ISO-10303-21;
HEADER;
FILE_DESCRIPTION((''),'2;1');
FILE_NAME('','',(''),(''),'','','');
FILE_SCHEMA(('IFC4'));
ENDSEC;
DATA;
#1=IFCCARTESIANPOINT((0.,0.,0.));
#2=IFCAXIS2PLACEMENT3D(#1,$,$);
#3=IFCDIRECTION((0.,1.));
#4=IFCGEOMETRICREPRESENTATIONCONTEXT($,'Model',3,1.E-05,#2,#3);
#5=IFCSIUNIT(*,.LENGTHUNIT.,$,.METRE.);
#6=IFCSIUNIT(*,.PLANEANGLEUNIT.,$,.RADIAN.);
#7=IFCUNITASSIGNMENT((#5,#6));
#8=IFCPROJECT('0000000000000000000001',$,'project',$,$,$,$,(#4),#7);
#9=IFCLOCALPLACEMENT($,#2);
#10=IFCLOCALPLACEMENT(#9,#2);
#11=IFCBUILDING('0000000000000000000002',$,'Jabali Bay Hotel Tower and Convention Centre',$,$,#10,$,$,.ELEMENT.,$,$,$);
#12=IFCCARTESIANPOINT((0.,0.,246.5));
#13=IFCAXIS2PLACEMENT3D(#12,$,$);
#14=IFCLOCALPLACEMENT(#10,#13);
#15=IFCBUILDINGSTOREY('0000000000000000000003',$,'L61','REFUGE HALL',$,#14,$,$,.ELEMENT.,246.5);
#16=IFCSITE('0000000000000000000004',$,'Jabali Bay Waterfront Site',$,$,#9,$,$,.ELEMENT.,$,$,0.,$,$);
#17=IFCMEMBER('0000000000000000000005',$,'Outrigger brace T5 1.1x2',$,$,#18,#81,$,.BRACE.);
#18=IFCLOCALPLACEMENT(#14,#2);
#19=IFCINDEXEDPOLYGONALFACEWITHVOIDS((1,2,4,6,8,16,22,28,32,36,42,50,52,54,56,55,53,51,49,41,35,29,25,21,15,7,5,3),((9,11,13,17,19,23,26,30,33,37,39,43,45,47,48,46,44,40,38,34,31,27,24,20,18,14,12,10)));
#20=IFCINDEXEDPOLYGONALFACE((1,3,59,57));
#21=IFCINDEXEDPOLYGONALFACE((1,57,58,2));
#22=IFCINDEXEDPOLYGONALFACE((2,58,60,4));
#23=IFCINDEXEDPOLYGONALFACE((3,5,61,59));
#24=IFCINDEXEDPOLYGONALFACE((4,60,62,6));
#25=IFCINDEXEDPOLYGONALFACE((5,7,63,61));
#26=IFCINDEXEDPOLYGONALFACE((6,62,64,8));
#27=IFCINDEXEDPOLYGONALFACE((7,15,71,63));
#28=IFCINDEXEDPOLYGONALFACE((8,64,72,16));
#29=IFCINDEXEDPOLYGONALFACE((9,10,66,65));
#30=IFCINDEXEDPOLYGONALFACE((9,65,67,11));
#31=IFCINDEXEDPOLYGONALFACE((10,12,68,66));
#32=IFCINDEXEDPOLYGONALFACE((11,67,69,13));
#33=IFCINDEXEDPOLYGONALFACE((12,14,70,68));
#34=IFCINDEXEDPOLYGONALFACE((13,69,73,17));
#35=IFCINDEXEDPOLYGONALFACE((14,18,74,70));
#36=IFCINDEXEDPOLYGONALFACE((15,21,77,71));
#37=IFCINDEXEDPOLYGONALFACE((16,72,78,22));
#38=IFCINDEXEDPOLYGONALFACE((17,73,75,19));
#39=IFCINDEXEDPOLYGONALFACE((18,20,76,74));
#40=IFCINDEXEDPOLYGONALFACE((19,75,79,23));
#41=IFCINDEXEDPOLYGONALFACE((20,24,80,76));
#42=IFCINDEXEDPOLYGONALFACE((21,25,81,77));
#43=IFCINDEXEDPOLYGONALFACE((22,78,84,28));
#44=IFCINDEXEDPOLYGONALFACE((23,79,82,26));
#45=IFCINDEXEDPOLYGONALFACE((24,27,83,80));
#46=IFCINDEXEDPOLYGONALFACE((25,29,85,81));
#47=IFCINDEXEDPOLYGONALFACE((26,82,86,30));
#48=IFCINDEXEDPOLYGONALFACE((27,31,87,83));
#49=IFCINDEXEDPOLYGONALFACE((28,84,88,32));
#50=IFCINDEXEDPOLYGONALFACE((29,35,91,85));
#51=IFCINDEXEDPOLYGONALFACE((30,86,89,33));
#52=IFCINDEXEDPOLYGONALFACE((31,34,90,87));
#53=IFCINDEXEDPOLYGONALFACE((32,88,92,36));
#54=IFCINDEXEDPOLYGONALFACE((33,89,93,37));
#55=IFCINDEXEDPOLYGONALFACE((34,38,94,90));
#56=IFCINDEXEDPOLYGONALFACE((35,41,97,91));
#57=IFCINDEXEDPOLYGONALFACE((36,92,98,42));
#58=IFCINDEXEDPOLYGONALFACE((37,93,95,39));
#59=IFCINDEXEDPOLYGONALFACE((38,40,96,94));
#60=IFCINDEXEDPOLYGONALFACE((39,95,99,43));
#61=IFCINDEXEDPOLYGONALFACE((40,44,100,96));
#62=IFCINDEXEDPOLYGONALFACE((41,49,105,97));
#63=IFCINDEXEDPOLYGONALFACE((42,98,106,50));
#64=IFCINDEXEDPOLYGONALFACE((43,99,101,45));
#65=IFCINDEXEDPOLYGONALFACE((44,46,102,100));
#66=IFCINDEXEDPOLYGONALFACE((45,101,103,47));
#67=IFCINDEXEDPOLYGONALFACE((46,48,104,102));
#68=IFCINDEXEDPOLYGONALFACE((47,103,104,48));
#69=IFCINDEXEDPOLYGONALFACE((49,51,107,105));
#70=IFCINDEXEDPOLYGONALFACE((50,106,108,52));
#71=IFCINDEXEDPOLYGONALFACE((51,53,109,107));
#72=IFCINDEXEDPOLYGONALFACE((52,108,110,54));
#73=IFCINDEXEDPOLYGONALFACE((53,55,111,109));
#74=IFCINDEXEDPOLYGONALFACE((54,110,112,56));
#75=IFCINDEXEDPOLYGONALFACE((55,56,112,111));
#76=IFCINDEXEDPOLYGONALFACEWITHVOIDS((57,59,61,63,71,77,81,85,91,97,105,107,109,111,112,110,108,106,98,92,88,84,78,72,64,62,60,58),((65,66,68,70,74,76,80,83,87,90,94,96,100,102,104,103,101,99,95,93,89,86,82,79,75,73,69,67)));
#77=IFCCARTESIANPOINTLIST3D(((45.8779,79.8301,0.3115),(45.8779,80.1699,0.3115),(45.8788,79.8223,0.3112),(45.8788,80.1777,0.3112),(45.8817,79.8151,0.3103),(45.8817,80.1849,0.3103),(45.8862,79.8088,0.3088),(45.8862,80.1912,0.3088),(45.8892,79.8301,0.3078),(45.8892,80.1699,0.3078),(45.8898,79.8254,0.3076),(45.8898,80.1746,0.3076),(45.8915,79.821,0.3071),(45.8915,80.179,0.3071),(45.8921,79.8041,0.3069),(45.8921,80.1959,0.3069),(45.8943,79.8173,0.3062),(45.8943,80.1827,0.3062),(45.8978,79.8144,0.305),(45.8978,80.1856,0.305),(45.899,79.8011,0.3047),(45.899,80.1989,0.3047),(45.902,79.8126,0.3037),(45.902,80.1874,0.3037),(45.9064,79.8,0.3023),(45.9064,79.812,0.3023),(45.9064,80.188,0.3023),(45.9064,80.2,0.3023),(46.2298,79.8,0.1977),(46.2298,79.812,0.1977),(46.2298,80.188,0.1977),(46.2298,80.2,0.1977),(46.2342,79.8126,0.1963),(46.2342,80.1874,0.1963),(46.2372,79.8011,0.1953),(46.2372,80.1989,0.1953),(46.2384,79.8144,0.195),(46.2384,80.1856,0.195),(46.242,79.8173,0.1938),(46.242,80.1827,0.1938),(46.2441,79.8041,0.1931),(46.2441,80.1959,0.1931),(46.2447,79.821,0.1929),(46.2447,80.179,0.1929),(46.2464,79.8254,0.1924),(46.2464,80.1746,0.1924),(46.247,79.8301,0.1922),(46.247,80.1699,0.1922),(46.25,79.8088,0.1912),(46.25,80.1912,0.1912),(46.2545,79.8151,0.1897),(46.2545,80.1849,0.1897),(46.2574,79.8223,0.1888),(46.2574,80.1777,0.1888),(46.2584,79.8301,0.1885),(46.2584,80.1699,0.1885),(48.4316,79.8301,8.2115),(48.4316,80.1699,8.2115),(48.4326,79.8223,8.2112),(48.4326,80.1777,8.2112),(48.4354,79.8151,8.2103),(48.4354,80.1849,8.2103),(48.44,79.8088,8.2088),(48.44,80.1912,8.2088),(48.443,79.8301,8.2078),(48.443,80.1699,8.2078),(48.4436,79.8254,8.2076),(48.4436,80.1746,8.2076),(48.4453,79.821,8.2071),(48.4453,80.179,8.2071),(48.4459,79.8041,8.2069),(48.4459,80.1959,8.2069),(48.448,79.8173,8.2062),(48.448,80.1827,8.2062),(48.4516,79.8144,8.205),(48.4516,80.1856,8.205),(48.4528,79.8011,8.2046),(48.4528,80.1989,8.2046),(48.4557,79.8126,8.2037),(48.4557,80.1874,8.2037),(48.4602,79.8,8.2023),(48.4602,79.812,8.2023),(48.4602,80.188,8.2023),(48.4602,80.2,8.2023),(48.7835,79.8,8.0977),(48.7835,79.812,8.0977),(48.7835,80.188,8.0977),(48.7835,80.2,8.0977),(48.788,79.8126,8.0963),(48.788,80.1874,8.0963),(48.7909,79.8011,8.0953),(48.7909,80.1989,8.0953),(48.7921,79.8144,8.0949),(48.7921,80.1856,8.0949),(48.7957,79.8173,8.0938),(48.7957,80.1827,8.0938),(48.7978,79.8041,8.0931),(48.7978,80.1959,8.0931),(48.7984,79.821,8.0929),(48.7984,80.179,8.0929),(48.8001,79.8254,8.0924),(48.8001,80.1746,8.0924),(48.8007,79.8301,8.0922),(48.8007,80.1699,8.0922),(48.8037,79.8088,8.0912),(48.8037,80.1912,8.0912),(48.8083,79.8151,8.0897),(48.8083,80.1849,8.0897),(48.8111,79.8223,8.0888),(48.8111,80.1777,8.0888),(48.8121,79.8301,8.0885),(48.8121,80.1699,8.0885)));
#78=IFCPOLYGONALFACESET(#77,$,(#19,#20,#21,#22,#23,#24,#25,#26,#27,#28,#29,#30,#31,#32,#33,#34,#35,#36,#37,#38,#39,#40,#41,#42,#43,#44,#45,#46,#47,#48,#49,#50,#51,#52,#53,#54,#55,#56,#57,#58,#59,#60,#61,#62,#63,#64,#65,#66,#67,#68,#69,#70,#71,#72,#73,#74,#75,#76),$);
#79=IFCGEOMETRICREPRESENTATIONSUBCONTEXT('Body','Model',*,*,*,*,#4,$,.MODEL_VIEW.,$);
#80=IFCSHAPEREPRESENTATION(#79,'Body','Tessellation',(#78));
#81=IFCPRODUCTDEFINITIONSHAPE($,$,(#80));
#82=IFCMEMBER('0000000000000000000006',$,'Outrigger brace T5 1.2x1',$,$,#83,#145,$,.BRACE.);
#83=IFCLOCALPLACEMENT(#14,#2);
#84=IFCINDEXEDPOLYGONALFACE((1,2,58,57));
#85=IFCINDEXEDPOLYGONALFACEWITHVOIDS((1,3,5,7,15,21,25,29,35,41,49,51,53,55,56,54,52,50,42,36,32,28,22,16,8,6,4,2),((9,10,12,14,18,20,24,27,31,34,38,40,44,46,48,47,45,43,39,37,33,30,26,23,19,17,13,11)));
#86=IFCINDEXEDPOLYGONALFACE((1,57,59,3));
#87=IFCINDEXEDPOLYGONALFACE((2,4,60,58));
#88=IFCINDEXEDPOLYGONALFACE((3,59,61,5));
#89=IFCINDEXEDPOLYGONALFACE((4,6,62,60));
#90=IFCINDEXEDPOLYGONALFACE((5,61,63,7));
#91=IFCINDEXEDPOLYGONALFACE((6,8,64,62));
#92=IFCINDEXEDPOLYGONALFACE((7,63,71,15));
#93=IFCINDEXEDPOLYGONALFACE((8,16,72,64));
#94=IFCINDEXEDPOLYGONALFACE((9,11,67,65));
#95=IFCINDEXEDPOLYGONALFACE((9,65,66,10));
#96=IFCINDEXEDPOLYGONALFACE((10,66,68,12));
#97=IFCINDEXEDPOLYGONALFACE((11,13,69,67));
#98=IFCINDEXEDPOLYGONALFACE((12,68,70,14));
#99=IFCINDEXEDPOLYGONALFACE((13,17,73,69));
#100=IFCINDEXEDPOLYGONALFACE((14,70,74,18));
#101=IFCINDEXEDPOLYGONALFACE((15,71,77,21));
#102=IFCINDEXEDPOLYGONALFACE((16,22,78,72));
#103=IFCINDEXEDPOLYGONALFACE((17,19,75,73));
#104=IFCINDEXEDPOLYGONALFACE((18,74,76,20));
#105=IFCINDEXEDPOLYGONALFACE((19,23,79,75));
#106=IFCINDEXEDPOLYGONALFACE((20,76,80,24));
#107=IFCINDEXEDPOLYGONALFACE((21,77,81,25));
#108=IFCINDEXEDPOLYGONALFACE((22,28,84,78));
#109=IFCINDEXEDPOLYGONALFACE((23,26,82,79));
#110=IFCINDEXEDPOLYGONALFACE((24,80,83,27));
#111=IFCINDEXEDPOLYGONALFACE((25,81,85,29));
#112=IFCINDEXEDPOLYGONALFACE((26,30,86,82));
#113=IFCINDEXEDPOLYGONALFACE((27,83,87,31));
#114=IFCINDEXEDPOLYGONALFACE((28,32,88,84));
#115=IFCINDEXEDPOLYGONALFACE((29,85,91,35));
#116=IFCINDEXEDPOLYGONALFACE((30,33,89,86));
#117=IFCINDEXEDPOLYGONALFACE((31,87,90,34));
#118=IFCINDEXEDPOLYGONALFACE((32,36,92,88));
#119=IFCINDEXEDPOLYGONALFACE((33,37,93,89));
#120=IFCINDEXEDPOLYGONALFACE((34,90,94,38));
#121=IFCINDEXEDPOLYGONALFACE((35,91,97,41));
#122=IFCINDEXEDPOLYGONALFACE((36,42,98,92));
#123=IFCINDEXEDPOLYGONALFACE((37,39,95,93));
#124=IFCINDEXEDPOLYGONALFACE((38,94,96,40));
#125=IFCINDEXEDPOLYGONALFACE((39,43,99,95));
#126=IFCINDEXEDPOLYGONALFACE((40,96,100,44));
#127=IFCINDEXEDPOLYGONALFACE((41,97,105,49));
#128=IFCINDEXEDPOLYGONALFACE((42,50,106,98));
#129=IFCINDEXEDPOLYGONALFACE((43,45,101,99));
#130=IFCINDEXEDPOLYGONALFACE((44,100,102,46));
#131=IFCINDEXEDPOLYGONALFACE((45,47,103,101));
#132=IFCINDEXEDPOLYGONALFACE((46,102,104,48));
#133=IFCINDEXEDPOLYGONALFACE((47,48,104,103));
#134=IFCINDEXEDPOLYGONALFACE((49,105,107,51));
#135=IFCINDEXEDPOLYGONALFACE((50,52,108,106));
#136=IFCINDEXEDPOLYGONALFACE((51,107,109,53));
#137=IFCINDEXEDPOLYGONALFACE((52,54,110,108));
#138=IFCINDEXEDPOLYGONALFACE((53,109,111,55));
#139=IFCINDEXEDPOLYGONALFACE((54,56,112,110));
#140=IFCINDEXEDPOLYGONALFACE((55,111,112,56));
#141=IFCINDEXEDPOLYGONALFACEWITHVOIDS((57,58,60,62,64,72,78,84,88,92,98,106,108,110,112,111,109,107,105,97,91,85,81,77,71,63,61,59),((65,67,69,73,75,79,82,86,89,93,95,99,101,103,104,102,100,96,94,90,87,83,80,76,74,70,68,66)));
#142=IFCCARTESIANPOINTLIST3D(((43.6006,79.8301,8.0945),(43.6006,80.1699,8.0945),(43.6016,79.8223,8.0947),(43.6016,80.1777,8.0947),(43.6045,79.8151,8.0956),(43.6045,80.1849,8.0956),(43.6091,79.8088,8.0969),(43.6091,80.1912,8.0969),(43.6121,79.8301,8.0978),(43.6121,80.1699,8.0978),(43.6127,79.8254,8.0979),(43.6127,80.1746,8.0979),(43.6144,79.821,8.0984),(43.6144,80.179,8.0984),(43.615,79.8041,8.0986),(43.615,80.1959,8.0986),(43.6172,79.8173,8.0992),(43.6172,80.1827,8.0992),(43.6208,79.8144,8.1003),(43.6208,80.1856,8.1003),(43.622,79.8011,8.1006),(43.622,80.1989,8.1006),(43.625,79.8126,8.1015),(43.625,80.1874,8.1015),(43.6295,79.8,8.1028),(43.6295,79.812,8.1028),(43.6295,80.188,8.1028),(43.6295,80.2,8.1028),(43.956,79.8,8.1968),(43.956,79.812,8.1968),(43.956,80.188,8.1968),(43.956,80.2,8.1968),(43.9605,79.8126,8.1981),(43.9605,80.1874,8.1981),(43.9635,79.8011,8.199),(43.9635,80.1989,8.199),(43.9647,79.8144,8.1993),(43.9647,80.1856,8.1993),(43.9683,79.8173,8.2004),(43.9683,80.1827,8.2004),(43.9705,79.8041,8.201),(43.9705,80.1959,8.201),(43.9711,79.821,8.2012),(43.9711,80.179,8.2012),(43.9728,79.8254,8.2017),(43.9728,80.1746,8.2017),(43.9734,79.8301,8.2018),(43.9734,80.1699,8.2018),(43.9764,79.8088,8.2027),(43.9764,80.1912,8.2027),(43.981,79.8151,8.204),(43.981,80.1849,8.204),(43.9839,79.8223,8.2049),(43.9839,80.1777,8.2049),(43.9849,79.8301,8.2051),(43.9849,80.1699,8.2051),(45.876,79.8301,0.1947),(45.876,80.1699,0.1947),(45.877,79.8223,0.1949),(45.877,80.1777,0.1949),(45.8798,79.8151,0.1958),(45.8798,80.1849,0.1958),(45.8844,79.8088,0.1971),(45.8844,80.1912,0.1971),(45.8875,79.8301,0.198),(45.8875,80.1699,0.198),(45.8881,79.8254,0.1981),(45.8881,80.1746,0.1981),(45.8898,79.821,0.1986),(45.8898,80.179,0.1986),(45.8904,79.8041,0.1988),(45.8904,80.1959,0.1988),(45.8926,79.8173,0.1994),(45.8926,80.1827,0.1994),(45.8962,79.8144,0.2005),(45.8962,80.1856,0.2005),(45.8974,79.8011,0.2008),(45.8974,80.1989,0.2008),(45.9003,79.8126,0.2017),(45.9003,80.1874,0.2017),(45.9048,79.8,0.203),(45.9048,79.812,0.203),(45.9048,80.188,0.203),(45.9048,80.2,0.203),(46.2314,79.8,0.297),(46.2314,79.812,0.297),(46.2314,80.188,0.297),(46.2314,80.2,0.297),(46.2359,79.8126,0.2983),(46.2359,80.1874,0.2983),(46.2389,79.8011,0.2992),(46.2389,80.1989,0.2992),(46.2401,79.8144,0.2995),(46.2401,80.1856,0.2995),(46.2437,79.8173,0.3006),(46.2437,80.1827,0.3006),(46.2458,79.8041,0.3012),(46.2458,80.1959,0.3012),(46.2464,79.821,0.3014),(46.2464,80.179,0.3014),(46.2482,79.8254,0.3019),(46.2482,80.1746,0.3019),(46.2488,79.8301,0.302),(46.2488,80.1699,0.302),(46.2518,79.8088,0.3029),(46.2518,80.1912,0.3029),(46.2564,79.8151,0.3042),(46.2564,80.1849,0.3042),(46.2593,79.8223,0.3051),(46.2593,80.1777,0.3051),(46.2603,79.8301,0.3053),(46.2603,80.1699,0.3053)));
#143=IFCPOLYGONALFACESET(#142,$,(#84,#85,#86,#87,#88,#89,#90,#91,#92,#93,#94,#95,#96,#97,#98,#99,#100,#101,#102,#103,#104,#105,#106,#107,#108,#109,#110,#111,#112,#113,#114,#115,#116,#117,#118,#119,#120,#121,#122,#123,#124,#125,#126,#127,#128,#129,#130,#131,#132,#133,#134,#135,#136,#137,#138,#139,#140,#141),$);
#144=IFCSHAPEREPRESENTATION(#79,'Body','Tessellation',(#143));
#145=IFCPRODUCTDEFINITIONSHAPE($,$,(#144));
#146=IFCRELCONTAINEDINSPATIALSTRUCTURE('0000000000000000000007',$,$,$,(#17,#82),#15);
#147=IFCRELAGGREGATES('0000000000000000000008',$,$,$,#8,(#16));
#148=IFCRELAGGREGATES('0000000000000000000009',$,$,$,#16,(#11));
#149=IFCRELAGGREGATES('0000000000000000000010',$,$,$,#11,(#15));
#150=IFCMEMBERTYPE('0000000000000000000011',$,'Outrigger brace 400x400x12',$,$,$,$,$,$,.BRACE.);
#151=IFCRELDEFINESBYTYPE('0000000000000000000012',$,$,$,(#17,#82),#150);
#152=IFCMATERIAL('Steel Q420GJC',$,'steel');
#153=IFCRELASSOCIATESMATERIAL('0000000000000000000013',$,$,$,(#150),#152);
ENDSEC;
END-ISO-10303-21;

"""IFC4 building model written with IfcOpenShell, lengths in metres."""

from ifc_helpers import new_model, si_unit, direction, frame, origin, origin_2d, place, context, subcontext, project, spatial, hollow_rectangle, extrude, material, material_profile, profile_set, type_object, element, save


model = new_model("IFC4")

# Units and contexts
model_context = context("Model", 3, precision=1e-05, world=origin(), true_north=direction((0.0, 1.0)))
body_context = subcontext(model_context, "Body", "Model", "MODEL_VIEW")
ifc_project = project(units=[si_unit("LENGTHUNIT", "METRE"), si_unit("PLANEANGLEUNIT", "RADIAN")], contexts=[model_context])

# Site, building, storey
site_placement = place(None, origin())
site = spatial("IfcSite", under=ifc_project, at=site_placement, Name="Jabali Bay Waterfront Site", CompositionType="ELEMENT", RefElevation=0.0)
building_placement = place(site_placement, origin())
building = spatial("IfcBuilding", under=site, at=building_placement, Name="Jabali Bay Hotel Tower and Convention Centre", CompositionType="ELEMENT")
storey_placement = place(building_placement, frame((0.0, 0.0, 246.5)))
storey = spatial("IfcBuildingStorey", under=building, at=storey_placement, Name="L61", Description="REFUGE HALL", CompositionType="ELEMENT", Elevation=246.5)

# Members
ifc_material_1 = material(Name="Steel Q420GJC", Category="steel")
ifc_material_profile_1 = material_profile(ifc_material_1, hollow_rectangle(XDim=0.3999, YDim=0.3999, WallThickness=0.012, InnerFilletRadius=0.0181, OuterFilletRadius=0.03, at=origin_2d()), Name="Outrigger brace 400x400x12")
ifc_profile_set_1 = profile_set([ifc_material_profile_1], Name="Steel Q420GJC")
member_type_1 = type_object("IfcMemberType", Name="Outrigger brace 400x400x12", PredefinedType="BRACE", material=ifc_profile_set_1)
member_1_placement = place(storey_placement, frame((46.0681, 80.0, 0.25), z_axis=(0.307587, 0.0, 0.95152), x_axis=(0.0, 1.0, 0.0)))
element("IfcMember", 1, at=member_1_placement, inside=storey, type_object=member_type_1, Name="Outrigger brace T5 1.1x2", PredefinedType="BRACE", context=body_context, shape_type="SweptSolid", body=[
    extrude(hollow_rectangle(XDim=0.3999, YDim=0.3999, WallThickness=0.012, InnerFilletRadius=0.0181, OuterFilletRadius=0.03, at=origin_2d()), origin(), (0.0, 0.0, 1.0), 8.3025),
])
member_2_placement = place(storey_placement, frame((46.0681, 80.0, 0.25), z_axis=(-0.276776, 0.0, 0.960935), x_axis=(0.0, -1.0, 0.0)))
element("IfcMember", 2, at=member_2_placement, inside=storey, type_object=member_type_1, Name="Outrigger brace T5 1.2x1", PredefinedType="BRACE", context=body_context, shape_type="SweptSolid", body=[
    extrude(hollow_rectangle(XDim=0.3999, YDim=0.3999, WallThickness=0.012, InnerFilletRadius=0.0181, OuterFilletRadius=0.03, at=origin_2d()), origin(), (0.0, 0.0, 1.0), 8.2209),
])

save(model, "model.ifc")
